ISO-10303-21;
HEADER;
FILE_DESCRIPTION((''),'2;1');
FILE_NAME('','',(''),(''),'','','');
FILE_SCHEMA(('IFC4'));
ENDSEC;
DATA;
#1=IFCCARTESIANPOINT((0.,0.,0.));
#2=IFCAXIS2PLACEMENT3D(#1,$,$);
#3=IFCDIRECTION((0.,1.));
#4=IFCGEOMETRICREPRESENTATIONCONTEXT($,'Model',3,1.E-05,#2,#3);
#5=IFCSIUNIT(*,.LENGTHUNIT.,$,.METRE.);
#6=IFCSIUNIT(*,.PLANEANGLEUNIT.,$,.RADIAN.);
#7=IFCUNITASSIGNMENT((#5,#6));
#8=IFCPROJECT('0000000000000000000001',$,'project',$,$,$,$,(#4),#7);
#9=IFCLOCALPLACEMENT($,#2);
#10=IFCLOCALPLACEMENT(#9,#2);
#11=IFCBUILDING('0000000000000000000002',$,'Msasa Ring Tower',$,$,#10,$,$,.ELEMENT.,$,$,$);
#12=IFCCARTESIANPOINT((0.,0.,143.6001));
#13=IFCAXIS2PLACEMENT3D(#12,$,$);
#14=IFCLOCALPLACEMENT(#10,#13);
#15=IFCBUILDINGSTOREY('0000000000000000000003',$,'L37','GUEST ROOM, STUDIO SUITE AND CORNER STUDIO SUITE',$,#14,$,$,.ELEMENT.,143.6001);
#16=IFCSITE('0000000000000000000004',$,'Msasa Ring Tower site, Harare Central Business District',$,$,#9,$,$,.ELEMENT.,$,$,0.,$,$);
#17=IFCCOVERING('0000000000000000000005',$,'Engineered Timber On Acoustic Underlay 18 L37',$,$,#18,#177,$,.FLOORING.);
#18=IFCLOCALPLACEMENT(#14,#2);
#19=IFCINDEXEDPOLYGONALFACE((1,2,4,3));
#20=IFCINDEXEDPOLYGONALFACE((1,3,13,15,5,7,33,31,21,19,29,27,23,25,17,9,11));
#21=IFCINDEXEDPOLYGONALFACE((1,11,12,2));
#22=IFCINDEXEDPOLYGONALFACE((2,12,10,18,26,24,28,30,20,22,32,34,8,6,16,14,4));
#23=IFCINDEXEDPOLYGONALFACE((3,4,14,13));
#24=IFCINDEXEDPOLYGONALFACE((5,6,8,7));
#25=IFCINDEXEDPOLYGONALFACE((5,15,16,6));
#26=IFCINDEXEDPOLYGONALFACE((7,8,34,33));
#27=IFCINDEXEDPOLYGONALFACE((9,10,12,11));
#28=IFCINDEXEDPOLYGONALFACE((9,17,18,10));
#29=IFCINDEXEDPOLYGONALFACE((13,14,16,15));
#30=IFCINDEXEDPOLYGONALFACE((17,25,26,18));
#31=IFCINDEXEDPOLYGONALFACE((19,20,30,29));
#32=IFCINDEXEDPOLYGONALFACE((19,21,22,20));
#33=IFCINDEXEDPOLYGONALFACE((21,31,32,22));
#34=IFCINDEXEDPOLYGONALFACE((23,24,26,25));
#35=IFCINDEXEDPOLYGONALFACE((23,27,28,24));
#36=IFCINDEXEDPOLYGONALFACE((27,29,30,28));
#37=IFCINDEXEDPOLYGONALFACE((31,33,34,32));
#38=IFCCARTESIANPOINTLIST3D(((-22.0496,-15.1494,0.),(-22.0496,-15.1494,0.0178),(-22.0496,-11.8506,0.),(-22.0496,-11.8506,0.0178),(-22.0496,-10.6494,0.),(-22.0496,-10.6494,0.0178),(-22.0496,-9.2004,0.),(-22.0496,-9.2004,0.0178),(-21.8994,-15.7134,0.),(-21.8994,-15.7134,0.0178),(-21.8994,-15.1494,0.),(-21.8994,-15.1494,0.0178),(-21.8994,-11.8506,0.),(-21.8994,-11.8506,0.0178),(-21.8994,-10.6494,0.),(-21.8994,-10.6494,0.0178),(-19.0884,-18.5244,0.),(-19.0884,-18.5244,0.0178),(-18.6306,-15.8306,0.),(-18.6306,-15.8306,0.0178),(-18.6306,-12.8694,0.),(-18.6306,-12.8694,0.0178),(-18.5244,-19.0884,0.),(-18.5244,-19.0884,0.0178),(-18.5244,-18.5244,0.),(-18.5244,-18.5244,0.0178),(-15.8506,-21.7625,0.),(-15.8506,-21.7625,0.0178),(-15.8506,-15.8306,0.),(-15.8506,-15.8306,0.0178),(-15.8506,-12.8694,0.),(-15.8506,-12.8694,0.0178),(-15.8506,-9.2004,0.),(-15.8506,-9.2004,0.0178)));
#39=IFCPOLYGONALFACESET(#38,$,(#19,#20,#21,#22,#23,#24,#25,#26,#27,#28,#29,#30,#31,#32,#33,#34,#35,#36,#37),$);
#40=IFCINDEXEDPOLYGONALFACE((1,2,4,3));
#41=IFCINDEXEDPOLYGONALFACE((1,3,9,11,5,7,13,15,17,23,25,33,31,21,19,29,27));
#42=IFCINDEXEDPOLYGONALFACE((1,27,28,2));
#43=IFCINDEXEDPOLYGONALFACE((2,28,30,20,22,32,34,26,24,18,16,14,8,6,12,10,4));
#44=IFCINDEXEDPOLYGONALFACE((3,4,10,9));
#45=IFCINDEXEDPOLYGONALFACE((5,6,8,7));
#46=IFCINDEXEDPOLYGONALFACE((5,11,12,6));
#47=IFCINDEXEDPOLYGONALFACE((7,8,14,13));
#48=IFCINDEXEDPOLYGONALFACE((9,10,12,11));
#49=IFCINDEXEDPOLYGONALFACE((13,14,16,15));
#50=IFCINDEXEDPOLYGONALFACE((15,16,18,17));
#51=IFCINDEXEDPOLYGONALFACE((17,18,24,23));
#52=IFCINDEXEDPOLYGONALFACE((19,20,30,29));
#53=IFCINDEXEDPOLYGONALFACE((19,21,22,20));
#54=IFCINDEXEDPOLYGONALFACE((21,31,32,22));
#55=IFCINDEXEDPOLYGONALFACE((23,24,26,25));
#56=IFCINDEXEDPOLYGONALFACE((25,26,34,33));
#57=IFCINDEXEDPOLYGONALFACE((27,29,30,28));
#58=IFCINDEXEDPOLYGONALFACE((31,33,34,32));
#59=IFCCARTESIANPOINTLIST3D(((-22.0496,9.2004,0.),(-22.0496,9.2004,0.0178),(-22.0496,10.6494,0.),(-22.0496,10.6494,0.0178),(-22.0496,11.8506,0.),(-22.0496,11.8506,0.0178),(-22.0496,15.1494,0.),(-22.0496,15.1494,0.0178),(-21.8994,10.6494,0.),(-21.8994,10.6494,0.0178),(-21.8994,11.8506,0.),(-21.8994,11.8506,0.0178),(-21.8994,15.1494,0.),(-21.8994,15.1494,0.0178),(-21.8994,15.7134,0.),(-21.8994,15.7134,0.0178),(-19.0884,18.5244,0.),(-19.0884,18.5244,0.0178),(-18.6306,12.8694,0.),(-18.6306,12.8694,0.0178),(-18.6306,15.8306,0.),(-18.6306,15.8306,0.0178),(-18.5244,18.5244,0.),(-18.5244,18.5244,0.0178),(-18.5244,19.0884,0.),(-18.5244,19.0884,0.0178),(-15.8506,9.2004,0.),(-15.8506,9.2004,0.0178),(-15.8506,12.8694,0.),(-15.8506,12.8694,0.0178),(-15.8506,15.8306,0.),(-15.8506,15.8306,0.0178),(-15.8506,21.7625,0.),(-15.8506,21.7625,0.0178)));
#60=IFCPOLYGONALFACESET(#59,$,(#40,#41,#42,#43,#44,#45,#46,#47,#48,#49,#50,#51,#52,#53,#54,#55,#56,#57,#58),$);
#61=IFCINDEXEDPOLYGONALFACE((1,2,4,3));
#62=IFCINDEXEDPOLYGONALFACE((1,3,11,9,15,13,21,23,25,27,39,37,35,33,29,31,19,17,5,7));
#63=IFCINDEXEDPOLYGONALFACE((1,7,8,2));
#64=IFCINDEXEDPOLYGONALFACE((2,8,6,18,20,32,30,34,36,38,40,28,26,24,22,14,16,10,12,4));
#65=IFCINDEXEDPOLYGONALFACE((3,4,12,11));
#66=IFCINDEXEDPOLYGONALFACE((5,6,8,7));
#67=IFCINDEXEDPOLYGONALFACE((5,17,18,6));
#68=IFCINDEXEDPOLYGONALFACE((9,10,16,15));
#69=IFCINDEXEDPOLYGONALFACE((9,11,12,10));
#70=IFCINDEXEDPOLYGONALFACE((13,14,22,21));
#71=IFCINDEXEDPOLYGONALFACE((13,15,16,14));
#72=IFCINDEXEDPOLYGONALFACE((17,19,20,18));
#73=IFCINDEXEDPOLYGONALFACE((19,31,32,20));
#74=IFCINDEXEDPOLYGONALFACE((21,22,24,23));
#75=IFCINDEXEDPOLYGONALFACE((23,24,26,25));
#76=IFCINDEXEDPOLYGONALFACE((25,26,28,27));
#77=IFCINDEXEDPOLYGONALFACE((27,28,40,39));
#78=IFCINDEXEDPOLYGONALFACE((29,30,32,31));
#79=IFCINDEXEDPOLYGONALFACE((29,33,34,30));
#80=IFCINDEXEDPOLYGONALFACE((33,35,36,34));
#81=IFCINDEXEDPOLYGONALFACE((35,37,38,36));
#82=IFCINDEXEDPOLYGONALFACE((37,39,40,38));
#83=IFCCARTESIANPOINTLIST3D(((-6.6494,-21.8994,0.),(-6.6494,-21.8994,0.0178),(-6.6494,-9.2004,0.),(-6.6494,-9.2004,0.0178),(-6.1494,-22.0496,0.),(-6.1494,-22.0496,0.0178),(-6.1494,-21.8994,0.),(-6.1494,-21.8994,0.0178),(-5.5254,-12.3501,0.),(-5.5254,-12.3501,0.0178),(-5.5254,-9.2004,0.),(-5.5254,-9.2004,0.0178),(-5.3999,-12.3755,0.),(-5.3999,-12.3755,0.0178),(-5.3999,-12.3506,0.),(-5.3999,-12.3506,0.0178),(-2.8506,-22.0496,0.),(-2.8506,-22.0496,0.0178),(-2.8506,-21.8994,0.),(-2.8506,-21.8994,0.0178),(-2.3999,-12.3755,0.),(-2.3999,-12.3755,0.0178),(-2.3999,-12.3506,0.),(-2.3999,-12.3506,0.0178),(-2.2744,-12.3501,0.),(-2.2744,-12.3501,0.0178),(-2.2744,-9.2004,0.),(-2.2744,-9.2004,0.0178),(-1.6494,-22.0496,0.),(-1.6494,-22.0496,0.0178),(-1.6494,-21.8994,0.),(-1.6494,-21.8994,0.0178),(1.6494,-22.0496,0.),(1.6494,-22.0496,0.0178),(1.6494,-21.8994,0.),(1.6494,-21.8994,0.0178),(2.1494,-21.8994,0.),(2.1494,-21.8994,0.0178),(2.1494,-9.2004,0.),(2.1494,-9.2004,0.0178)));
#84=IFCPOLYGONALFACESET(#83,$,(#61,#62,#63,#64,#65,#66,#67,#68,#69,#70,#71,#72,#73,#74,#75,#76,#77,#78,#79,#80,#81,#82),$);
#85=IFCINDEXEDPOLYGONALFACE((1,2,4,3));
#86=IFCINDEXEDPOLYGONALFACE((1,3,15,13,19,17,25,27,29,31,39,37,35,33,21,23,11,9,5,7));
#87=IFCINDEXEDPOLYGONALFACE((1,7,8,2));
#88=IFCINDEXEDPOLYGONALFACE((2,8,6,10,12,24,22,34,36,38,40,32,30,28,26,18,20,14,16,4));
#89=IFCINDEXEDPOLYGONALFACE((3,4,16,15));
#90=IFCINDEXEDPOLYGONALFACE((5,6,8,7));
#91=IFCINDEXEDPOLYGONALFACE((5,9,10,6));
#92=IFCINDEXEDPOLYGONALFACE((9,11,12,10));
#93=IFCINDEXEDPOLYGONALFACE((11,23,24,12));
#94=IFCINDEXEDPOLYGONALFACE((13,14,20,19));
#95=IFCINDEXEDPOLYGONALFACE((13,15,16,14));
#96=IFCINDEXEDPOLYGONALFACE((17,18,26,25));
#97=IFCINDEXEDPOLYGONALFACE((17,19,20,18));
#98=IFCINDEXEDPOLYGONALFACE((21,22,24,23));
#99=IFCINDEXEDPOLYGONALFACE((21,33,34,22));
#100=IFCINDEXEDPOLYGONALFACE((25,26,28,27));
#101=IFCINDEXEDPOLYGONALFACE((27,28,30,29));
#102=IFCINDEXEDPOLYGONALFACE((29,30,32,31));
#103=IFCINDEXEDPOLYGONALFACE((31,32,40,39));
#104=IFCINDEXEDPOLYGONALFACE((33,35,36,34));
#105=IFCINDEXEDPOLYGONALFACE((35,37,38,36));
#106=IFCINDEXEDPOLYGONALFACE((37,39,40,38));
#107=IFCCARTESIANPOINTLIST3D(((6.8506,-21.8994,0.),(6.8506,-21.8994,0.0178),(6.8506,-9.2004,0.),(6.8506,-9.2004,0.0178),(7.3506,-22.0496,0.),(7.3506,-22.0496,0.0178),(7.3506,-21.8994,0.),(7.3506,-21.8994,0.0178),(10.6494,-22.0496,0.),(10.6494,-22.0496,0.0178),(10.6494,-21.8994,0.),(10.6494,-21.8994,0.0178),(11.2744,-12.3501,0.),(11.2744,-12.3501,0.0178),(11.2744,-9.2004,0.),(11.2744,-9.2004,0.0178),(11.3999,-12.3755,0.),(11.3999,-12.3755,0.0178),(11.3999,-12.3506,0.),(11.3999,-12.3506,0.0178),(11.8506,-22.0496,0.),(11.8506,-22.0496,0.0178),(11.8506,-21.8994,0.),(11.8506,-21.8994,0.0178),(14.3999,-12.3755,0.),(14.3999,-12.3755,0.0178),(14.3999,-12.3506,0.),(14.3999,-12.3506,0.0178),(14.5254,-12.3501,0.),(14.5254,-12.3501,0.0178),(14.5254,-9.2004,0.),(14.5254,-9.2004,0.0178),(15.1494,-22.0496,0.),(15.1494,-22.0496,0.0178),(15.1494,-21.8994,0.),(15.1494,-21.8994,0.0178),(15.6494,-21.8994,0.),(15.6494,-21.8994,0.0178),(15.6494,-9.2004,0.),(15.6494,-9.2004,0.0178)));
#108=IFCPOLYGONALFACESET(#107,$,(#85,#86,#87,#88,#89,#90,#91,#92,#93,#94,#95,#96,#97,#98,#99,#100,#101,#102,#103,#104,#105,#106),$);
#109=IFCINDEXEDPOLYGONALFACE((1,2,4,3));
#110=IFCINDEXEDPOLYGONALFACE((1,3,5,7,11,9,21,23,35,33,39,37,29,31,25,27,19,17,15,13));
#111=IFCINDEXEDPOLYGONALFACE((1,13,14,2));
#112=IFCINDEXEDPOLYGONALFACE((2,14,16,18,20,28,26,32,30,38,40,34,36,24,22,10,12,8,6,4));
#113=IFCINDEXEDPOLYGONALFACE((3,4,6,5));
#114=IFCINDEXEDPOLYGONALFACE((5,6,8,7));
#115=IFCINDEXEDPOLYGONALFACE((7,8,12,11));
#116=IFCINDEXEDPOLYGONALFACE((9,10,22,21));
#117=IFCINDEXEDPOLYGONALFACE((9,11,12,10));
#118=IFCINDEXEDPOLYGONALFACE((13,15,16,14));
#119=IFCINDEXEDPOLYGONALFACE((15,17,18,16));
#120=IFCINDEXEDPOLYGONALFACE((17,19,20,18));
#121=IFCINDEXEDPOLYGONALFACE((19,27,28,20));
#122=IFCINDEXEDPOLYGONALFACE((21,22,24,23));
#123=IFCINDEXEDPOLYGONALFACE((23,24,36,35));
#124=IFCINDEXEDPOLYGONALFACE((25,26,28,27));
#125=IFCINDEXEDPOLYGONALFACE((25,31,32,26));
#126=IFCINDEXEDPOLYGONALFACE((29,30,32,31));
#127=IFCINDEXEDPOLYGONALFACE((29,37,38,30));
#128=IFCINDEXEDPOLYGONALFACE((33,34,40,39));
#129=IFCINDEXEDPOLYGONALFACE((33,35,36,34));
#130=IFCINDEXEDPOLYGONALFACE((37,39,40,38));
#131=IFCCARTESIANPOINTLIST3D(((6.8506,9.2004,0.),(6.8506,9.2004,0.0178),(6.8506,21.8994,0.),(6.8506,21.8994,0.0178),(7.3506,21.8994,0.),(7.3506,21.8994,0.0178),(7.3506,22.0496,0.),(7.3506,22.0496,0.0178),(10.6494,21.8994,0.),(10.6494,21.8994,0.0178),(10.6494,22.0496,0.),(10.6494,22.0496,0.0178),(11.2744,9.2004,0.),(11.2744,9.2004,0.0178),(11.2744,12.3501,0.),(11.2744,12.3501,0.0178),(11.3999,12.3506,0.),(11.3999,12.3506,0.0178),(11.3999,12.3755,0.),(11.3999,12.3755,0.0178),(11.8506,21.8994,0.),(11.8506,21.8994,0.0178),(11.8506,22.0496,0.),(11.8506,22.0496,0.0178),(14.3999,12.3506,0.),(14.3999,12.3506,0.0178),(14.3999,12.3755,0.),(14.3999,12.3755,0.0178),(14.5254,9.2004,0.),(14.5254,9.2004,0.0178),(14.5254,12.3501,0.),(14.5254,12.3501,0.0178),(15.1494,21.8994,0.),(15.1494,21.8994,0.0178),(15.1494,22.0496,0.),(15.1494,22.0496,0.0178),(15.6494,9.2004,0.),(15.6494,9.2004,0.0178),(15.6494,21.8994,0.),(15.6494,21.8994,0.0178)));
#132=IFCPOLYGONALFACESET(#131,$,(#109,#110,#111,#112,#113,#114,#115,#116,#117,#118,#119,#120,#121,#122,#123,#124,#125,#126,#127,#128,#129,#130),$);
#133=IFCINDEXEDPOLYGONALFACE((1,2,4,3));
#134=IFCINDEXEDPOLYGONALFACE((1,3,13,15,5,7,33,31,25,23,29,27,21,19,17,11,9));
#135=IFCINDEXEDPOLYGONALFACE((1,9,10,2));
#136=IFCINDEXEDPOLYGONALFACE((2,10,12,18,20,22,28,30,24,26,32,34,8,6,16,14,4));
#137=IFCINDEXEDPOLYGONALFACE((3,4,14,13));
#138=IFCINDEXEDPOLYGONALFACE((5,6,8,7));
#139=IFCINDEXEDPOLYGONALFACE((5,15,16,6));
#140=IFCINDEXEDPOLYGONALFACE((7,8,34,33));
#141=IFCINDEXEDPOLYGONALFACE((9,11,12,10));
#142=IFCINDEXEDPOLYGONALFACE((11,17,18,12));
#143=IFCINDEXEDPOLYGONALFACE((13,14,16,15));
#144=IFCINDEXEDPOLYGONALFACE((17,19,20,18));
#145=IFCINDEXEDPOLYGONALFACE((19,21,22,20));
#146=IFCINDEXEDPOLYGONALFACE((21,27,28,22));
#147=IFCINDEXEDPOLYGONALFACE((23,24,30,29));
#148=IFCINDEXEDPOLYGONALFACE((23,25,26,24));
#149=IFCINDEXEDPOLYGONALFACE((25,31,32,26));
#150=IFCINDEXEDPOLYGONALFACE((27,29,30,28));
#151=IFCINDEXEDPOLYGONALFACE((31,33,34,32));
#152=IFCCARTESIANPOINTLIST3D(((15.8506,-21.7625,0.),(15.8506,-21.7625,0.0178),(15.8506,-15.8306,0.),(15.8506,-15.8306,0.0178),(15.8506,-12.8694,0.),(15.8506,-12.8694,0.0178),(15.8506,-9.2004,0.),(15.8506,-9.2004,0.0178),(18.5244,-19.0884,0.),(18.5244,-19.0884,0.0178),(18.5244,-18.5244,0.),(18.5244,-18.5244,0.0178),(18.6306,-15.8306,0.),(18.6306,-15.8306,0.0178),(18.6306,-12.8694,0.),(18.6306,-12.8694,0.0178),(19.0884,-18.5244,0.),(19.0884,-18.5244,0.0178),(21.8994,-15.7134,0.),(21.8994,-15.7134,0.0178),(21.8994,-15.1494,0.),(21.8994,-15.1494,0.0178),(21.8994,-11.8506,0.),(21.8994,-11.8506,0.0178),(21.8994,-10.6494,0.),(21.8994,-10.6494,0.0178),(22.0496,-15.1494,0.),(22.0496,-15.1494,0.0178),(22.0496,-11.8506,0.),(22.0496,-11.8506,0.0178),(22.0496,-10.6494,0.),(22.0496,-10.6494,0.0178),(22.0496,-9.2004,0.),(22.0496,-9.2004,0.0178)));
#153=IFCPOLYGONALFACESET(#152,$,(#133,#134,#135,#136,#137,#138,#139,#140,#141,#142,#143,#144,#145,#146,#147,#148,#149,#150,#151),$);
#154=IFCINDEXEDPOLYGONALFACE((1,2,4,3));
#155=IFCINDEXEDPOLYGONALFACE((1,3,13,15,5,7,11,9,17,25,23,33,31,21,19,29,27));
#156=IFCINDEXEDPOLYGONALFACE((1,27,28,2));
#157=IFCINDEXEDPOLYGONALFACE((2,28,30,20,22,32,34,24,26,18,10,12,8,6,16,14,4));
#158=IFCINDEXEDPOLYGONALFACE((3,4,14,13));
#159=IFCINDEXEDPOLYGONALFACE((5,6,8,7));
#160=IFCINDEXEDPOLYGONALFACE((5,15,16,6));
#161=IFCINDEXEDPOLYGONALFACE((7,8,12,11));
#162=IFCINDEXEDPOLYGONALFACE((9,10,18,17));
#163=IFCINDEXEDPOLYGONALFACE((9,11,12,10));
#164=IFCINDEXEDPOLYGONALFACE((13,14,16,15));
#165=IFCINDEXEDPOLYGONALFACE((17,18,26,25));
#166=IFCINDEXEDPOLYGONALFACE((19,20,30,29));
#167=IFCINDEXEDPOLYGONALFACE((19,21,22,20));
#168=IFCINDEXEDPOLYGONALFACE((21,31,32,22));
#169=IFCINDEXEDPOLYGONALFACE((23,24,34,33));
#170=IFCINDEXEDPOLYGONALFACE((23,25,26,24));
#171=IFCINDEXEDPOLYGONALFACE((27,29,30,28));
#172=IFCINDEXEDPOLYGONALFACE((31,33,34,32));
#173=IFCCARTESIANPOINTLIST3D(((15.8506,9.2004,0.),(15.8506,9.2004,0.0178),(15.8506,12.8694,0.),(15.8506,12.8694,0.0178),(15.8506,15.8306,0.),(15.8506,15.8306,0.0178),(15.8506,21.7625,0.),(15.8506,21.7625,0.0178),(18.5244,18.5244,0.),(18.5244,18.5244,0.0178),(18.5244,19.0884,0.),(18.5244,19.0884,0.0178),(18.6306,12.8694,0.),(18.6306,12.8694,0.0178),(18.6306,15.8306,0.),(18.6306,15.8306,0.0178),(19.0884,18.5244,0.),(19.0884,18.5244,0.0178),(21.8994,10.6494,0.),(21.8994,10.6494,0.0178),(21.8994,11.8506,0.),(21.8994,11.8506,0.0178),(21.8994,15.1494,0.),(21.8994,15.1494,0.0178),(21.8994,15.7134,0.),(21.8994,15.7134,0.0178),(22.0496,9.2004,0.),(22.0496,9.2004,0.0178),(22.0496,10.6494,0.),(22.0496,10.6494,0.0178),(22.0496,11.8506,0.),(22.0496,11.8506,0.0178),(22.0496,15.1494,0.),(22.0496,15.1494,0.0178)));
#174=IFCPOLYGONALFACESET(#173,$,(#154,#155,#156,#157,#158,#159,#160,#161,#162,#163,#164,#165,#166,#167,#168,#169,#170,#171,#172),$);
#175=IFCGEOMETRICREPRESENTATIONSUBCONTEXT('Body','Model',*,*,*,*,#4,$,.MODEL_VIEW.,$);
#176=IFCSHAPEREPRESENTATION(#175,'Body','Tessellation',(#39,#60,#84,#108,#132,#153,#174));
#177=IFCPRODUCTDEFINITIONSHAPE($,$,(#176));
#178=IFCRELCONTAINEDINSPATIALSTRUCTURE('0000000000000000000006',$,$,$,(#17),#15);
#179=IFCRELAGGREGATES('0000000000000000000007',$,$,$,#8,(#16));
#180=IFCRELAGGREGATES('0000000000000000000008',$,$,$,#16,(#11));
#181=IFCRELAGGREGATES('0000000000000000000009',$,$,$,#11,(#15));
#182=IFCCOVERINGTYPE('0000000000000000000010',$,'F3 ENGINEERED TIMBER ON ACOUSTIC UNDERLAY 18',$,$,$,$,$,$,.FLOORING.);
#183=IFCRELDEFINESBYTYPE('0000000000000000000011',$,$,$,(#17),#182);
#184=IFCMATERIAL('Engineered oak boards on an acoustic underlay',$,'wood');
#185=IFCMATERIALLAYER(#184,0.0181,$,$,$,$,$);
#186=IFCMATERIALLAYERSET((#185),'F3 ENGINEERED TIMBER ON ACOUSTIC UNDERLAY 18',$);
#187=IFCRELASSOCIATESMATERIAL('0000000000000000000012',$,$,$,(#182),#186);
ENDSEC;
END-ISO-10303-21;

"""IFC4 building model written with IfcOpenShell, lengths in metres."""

from ifc_helpers import new_model, si_unit, direction, frame, origin, place, context, subcontext, project, spatial, line, indexed_curve, outline, extrude, material, layer, layer_set, type_object, element, save


model = new_model("IFC4")

# Units and contexts
model_context = context("Model", 3, precision=1e-05, world=origin(), true_north=direction((0.0, 1.0)))
body_context = subcontext(model_context, "Body", "Model", "MODEL_VIEW")
ifc_project = project(units=[si_unit("LENGTHUNIT", "METRE"), si_unit("PLANEANGLEUNIT", "RADIAN")], contexts=[model_context])

# Site, building, storey
site_placement = place(None, origin())
site = spatial("IfcSite", under=ifc_project, at=site_placement, Name="Msasa Ring Tower site, Harare Central Business District", CompositionType="ELEMENT", RefElevation=0.0)
building_placement = place(site_placement, origin())
building = spatial("IfcBuilding", under=site, at=building_placement, Name="Msasa Ring Tower", CompositionType="ELEMENT")
storey_placement = place(building_placement, frame((0.0, 0.0, 143.6001)))
storey = spatial("IfcBuildingStorey", under=building, at=storey_placement, Name="L37", Description="GUEST ROOM, STUDIO SUITE AND CORNER STUDIO SUITE", CompositionType="ELEMENT", Elevation=143.6001)

# Covering
ifc_material_1 = material(Name="Engineered oak boards on an acoustic underlay", Category="wood")
ifc_layer_1 = layer(ifc_material_1, 0.0181)
ifc_layer_set_1 = layer_set([ifc_layer_1], Name="F3 ENGINEERED TIMBER ON ACOUSTIC UNDERLAY 18")
covering_type_1 = type_object("IfcCoveringType", Name="F3 ENGINEERED TIMBER ON ACOUSTIC UNDERLAY 18", PredefinedType="FLOORING", material=ifc_layer_set_1)
covering_1_placement = place(storey_placement, origin())
element("IfcCovering", 1, at=covering_1_placement, inside=storey, type_object=covering_type_1, Name="Engineered Timber On Acoustic Underlay 18 L37", PredefinedType="FLOORING", context=body_context, shape_type="SweptSolid", body=[
    extrude(outline(indexed_curve([(-15.8506, -21.7625), (-18.5244, -19.0884), (-18.5244, -18.5244), (-19.0884, -18.5244), (-21.8994, -15.7134), (-21.8994, -15.1494), (-22.0496, -15.1494), (-22.0496, -11.8506), (-21.8994, -11.8506), (-21.8994, -10.6494), (-22.0496, -10.6494), (-22.0496, -9.2004), (-15.8506, -9.2004), (-15.8506, -12.8694), (-18.6306, -12.8694), (-18.6306, -15.8306), (-15.8506, -15.8306)], segments=[line(1, 2, 3, 4, 5, 6, 7, 8, 9, 10, 11, 12, 13, 14, 15, 16, 17, 1)], self_intersect=False)), origin(), (0.0, 0.0, 1.0), 0.0178),
    extrude(outline(indexed_curve([(-18.6306, 12.8694), (-15.8506, 12.8694), (-15.8506, 9.2004), (-22.0496, 9.2004), (-22.0496, 10.6494), (-21.8994, 10.6494), (-21.8994, 11.8506), (-22.0496, 11.8506), (-22.0496, 15.1494), (-21.8994, 15.1494), (-21.8994, 15.7134), (-19.0884, 18.5244), (-18.5244, 18.5244), (-18.5244, 19.0884), (-15.8506, 21.7625), (-15.8506, 15.8306), (-18.6306, 15.8306)], segments=[line(1, 2, 3, 4, 5, 6, 7, 8, 9, 10, 11, 12, 13, 14, 15, 16, 17, 1)], self_intersect=False)), origin(), (0.0, 0.0, 1.0), 0.0178),
    extrude(outline(indexed_curve([(-5.5254, -12.3501), (-5.3999, -12.3506), (-5.3999, -12.3755), (-2.3999, -12.3755), (-2.3999, -12.3506), (-2.2744, -12.3501), (-2.2744, -9.2004), (2.1494, -9.2004), (2.1494, -21.8994), (1.6494, -21.8994), (1.6494, -22.0496), (-1.6494, -22.0496), (-1.6494, -21.8994), (-2.8506, -21.8994), (-2.8506, -22.0496), (-6.1494, -22.0496), (-6.1494, -21.8994), (-6.6494, -21.8994), (-6.6494, -9.2004), (-5.5254, -9.2004)], segments=[line(1, 2, 3, 4, 5, 6, 7, 8, 9, 10, 11, 12, 13, 14, 15, 16, 17, 18, 19, 20, 1)], self_intersect=False)), origin(), (0.0, 0.0, 1.0), 0.0178),
    extrude(outline(indexed_curve([(11.2744, -12.3501), (11.3999, -12.3506), (11.3999, -12.3755), (14.3999, -12.3755), (14.3999, -12.3506), (14.5254, -12.3501), (14.5254, -9.2004), (15.6494, -9.2004), (15.6494, -21.8994), (15.1494, -21.8994), (15.1494, -22.0496), (11.8506, -22.0496), (11.8506, -21.8994), (10.6494, -21.8994), (10.6494, -22.0496), (7.3506, -22.0496), (7.3506, -21.8994), (6.8506, -21.8994), (6.8506, -9.2004), (11.2744, -9.2004)], segments=[line(1, 2, 3, 4, 5, 6, 7, 8, 9, 10, 11, 12, 13, 14, 15, 16, 17, 18, 19, 20, 1)], self_intersect=False)), origin(), (0.0, 0.0, 1.0), 0.0178),
    extrude(outline(indexed_curve([(14.5254, 12.3501), (14.3999, 12.3506), (14.3999, 12.3755), (11.3999, 12.3755), (11.3999, 12.3506), (11.2744, 12.3501), (11.2744, 9.2004), (6.8506, 9.2004), (6.8506, 21.8994), (7.3506, 21.8994), (7.3506, 22.0496), (10.6494, 22.0496), (10.6494, 21.8994), (11.8506, 21.8994), (11.8506, 22.0496), (15.1494, 22.0496), (15.1494, 21.8994), (15.6494, 21.8994), (15.6494, 9.2004), (14.5254, 9.2004)], segments=[line(1, 2, 3, 4, 5, 6, 7, 8, 9, 10, 11, 12, 13, 14, 15, 16, 17, 18, 19, 20, 1)], self_intersect=False)), origin(), (0.0, 0.0, 1.0), 0.0178),
    extrude(outline(indexed_curve([(18.6306, -12.8694), (15.8506, -12.8694), (15.8506, -9.2004), (22.0496, -9.2004), (22.0496, -10.6494), (21.8994, -10.6494), (21.8994, -11.8506), (22.0496, -11.8506), (22.0496, -15.1494), (21.8994, -15.1494), (21.8994, -15.7134), (19.0884, -18.5244), (18.5244, -18.5244), (18.5244, -19.0884), (15.8506, -21.7625), (15.8506, -15.8306), (18.6306, -15.8306)], segments=[line(1, 2, 3, 4, 5, 6, 7, 8, 9, 10, 11, 12, 13, 14, 15, 16, 17, 1)], self_intersect=False)), origin(), (0.0, 0.0, 1.0), 0.0178),
    extrude(outline(indexed_curve([(15.8506, 21.7625), (18.5244, 19.0884), (18.5244, 18.5244), (19.0884, 18.5244), (21.8994, 15.7134), (21.8994, 15.1494), (22.0496, 15.1494), (22.0496, 11.8506), (21.8994, 11.8506), (21.8994, 10.6494), (22.0496, 10.6494), (22.0496, 9.2004), (15.8506, 9.2004), (15.8506, 12.8694), (18.6306, 12.8694), (18.6306, 15.8306), (15.8506, 15.8306)], segments=[line(1, 2, 3, 4, 5, 6, 7, 8, 9, 10, 11, 12, 13, 14, 15, 16, 17, 1)], self_intersect=False)), origin(), (0.0, 0.0, 1.0), 0.0178),
])

save(model, "model.ifc")
